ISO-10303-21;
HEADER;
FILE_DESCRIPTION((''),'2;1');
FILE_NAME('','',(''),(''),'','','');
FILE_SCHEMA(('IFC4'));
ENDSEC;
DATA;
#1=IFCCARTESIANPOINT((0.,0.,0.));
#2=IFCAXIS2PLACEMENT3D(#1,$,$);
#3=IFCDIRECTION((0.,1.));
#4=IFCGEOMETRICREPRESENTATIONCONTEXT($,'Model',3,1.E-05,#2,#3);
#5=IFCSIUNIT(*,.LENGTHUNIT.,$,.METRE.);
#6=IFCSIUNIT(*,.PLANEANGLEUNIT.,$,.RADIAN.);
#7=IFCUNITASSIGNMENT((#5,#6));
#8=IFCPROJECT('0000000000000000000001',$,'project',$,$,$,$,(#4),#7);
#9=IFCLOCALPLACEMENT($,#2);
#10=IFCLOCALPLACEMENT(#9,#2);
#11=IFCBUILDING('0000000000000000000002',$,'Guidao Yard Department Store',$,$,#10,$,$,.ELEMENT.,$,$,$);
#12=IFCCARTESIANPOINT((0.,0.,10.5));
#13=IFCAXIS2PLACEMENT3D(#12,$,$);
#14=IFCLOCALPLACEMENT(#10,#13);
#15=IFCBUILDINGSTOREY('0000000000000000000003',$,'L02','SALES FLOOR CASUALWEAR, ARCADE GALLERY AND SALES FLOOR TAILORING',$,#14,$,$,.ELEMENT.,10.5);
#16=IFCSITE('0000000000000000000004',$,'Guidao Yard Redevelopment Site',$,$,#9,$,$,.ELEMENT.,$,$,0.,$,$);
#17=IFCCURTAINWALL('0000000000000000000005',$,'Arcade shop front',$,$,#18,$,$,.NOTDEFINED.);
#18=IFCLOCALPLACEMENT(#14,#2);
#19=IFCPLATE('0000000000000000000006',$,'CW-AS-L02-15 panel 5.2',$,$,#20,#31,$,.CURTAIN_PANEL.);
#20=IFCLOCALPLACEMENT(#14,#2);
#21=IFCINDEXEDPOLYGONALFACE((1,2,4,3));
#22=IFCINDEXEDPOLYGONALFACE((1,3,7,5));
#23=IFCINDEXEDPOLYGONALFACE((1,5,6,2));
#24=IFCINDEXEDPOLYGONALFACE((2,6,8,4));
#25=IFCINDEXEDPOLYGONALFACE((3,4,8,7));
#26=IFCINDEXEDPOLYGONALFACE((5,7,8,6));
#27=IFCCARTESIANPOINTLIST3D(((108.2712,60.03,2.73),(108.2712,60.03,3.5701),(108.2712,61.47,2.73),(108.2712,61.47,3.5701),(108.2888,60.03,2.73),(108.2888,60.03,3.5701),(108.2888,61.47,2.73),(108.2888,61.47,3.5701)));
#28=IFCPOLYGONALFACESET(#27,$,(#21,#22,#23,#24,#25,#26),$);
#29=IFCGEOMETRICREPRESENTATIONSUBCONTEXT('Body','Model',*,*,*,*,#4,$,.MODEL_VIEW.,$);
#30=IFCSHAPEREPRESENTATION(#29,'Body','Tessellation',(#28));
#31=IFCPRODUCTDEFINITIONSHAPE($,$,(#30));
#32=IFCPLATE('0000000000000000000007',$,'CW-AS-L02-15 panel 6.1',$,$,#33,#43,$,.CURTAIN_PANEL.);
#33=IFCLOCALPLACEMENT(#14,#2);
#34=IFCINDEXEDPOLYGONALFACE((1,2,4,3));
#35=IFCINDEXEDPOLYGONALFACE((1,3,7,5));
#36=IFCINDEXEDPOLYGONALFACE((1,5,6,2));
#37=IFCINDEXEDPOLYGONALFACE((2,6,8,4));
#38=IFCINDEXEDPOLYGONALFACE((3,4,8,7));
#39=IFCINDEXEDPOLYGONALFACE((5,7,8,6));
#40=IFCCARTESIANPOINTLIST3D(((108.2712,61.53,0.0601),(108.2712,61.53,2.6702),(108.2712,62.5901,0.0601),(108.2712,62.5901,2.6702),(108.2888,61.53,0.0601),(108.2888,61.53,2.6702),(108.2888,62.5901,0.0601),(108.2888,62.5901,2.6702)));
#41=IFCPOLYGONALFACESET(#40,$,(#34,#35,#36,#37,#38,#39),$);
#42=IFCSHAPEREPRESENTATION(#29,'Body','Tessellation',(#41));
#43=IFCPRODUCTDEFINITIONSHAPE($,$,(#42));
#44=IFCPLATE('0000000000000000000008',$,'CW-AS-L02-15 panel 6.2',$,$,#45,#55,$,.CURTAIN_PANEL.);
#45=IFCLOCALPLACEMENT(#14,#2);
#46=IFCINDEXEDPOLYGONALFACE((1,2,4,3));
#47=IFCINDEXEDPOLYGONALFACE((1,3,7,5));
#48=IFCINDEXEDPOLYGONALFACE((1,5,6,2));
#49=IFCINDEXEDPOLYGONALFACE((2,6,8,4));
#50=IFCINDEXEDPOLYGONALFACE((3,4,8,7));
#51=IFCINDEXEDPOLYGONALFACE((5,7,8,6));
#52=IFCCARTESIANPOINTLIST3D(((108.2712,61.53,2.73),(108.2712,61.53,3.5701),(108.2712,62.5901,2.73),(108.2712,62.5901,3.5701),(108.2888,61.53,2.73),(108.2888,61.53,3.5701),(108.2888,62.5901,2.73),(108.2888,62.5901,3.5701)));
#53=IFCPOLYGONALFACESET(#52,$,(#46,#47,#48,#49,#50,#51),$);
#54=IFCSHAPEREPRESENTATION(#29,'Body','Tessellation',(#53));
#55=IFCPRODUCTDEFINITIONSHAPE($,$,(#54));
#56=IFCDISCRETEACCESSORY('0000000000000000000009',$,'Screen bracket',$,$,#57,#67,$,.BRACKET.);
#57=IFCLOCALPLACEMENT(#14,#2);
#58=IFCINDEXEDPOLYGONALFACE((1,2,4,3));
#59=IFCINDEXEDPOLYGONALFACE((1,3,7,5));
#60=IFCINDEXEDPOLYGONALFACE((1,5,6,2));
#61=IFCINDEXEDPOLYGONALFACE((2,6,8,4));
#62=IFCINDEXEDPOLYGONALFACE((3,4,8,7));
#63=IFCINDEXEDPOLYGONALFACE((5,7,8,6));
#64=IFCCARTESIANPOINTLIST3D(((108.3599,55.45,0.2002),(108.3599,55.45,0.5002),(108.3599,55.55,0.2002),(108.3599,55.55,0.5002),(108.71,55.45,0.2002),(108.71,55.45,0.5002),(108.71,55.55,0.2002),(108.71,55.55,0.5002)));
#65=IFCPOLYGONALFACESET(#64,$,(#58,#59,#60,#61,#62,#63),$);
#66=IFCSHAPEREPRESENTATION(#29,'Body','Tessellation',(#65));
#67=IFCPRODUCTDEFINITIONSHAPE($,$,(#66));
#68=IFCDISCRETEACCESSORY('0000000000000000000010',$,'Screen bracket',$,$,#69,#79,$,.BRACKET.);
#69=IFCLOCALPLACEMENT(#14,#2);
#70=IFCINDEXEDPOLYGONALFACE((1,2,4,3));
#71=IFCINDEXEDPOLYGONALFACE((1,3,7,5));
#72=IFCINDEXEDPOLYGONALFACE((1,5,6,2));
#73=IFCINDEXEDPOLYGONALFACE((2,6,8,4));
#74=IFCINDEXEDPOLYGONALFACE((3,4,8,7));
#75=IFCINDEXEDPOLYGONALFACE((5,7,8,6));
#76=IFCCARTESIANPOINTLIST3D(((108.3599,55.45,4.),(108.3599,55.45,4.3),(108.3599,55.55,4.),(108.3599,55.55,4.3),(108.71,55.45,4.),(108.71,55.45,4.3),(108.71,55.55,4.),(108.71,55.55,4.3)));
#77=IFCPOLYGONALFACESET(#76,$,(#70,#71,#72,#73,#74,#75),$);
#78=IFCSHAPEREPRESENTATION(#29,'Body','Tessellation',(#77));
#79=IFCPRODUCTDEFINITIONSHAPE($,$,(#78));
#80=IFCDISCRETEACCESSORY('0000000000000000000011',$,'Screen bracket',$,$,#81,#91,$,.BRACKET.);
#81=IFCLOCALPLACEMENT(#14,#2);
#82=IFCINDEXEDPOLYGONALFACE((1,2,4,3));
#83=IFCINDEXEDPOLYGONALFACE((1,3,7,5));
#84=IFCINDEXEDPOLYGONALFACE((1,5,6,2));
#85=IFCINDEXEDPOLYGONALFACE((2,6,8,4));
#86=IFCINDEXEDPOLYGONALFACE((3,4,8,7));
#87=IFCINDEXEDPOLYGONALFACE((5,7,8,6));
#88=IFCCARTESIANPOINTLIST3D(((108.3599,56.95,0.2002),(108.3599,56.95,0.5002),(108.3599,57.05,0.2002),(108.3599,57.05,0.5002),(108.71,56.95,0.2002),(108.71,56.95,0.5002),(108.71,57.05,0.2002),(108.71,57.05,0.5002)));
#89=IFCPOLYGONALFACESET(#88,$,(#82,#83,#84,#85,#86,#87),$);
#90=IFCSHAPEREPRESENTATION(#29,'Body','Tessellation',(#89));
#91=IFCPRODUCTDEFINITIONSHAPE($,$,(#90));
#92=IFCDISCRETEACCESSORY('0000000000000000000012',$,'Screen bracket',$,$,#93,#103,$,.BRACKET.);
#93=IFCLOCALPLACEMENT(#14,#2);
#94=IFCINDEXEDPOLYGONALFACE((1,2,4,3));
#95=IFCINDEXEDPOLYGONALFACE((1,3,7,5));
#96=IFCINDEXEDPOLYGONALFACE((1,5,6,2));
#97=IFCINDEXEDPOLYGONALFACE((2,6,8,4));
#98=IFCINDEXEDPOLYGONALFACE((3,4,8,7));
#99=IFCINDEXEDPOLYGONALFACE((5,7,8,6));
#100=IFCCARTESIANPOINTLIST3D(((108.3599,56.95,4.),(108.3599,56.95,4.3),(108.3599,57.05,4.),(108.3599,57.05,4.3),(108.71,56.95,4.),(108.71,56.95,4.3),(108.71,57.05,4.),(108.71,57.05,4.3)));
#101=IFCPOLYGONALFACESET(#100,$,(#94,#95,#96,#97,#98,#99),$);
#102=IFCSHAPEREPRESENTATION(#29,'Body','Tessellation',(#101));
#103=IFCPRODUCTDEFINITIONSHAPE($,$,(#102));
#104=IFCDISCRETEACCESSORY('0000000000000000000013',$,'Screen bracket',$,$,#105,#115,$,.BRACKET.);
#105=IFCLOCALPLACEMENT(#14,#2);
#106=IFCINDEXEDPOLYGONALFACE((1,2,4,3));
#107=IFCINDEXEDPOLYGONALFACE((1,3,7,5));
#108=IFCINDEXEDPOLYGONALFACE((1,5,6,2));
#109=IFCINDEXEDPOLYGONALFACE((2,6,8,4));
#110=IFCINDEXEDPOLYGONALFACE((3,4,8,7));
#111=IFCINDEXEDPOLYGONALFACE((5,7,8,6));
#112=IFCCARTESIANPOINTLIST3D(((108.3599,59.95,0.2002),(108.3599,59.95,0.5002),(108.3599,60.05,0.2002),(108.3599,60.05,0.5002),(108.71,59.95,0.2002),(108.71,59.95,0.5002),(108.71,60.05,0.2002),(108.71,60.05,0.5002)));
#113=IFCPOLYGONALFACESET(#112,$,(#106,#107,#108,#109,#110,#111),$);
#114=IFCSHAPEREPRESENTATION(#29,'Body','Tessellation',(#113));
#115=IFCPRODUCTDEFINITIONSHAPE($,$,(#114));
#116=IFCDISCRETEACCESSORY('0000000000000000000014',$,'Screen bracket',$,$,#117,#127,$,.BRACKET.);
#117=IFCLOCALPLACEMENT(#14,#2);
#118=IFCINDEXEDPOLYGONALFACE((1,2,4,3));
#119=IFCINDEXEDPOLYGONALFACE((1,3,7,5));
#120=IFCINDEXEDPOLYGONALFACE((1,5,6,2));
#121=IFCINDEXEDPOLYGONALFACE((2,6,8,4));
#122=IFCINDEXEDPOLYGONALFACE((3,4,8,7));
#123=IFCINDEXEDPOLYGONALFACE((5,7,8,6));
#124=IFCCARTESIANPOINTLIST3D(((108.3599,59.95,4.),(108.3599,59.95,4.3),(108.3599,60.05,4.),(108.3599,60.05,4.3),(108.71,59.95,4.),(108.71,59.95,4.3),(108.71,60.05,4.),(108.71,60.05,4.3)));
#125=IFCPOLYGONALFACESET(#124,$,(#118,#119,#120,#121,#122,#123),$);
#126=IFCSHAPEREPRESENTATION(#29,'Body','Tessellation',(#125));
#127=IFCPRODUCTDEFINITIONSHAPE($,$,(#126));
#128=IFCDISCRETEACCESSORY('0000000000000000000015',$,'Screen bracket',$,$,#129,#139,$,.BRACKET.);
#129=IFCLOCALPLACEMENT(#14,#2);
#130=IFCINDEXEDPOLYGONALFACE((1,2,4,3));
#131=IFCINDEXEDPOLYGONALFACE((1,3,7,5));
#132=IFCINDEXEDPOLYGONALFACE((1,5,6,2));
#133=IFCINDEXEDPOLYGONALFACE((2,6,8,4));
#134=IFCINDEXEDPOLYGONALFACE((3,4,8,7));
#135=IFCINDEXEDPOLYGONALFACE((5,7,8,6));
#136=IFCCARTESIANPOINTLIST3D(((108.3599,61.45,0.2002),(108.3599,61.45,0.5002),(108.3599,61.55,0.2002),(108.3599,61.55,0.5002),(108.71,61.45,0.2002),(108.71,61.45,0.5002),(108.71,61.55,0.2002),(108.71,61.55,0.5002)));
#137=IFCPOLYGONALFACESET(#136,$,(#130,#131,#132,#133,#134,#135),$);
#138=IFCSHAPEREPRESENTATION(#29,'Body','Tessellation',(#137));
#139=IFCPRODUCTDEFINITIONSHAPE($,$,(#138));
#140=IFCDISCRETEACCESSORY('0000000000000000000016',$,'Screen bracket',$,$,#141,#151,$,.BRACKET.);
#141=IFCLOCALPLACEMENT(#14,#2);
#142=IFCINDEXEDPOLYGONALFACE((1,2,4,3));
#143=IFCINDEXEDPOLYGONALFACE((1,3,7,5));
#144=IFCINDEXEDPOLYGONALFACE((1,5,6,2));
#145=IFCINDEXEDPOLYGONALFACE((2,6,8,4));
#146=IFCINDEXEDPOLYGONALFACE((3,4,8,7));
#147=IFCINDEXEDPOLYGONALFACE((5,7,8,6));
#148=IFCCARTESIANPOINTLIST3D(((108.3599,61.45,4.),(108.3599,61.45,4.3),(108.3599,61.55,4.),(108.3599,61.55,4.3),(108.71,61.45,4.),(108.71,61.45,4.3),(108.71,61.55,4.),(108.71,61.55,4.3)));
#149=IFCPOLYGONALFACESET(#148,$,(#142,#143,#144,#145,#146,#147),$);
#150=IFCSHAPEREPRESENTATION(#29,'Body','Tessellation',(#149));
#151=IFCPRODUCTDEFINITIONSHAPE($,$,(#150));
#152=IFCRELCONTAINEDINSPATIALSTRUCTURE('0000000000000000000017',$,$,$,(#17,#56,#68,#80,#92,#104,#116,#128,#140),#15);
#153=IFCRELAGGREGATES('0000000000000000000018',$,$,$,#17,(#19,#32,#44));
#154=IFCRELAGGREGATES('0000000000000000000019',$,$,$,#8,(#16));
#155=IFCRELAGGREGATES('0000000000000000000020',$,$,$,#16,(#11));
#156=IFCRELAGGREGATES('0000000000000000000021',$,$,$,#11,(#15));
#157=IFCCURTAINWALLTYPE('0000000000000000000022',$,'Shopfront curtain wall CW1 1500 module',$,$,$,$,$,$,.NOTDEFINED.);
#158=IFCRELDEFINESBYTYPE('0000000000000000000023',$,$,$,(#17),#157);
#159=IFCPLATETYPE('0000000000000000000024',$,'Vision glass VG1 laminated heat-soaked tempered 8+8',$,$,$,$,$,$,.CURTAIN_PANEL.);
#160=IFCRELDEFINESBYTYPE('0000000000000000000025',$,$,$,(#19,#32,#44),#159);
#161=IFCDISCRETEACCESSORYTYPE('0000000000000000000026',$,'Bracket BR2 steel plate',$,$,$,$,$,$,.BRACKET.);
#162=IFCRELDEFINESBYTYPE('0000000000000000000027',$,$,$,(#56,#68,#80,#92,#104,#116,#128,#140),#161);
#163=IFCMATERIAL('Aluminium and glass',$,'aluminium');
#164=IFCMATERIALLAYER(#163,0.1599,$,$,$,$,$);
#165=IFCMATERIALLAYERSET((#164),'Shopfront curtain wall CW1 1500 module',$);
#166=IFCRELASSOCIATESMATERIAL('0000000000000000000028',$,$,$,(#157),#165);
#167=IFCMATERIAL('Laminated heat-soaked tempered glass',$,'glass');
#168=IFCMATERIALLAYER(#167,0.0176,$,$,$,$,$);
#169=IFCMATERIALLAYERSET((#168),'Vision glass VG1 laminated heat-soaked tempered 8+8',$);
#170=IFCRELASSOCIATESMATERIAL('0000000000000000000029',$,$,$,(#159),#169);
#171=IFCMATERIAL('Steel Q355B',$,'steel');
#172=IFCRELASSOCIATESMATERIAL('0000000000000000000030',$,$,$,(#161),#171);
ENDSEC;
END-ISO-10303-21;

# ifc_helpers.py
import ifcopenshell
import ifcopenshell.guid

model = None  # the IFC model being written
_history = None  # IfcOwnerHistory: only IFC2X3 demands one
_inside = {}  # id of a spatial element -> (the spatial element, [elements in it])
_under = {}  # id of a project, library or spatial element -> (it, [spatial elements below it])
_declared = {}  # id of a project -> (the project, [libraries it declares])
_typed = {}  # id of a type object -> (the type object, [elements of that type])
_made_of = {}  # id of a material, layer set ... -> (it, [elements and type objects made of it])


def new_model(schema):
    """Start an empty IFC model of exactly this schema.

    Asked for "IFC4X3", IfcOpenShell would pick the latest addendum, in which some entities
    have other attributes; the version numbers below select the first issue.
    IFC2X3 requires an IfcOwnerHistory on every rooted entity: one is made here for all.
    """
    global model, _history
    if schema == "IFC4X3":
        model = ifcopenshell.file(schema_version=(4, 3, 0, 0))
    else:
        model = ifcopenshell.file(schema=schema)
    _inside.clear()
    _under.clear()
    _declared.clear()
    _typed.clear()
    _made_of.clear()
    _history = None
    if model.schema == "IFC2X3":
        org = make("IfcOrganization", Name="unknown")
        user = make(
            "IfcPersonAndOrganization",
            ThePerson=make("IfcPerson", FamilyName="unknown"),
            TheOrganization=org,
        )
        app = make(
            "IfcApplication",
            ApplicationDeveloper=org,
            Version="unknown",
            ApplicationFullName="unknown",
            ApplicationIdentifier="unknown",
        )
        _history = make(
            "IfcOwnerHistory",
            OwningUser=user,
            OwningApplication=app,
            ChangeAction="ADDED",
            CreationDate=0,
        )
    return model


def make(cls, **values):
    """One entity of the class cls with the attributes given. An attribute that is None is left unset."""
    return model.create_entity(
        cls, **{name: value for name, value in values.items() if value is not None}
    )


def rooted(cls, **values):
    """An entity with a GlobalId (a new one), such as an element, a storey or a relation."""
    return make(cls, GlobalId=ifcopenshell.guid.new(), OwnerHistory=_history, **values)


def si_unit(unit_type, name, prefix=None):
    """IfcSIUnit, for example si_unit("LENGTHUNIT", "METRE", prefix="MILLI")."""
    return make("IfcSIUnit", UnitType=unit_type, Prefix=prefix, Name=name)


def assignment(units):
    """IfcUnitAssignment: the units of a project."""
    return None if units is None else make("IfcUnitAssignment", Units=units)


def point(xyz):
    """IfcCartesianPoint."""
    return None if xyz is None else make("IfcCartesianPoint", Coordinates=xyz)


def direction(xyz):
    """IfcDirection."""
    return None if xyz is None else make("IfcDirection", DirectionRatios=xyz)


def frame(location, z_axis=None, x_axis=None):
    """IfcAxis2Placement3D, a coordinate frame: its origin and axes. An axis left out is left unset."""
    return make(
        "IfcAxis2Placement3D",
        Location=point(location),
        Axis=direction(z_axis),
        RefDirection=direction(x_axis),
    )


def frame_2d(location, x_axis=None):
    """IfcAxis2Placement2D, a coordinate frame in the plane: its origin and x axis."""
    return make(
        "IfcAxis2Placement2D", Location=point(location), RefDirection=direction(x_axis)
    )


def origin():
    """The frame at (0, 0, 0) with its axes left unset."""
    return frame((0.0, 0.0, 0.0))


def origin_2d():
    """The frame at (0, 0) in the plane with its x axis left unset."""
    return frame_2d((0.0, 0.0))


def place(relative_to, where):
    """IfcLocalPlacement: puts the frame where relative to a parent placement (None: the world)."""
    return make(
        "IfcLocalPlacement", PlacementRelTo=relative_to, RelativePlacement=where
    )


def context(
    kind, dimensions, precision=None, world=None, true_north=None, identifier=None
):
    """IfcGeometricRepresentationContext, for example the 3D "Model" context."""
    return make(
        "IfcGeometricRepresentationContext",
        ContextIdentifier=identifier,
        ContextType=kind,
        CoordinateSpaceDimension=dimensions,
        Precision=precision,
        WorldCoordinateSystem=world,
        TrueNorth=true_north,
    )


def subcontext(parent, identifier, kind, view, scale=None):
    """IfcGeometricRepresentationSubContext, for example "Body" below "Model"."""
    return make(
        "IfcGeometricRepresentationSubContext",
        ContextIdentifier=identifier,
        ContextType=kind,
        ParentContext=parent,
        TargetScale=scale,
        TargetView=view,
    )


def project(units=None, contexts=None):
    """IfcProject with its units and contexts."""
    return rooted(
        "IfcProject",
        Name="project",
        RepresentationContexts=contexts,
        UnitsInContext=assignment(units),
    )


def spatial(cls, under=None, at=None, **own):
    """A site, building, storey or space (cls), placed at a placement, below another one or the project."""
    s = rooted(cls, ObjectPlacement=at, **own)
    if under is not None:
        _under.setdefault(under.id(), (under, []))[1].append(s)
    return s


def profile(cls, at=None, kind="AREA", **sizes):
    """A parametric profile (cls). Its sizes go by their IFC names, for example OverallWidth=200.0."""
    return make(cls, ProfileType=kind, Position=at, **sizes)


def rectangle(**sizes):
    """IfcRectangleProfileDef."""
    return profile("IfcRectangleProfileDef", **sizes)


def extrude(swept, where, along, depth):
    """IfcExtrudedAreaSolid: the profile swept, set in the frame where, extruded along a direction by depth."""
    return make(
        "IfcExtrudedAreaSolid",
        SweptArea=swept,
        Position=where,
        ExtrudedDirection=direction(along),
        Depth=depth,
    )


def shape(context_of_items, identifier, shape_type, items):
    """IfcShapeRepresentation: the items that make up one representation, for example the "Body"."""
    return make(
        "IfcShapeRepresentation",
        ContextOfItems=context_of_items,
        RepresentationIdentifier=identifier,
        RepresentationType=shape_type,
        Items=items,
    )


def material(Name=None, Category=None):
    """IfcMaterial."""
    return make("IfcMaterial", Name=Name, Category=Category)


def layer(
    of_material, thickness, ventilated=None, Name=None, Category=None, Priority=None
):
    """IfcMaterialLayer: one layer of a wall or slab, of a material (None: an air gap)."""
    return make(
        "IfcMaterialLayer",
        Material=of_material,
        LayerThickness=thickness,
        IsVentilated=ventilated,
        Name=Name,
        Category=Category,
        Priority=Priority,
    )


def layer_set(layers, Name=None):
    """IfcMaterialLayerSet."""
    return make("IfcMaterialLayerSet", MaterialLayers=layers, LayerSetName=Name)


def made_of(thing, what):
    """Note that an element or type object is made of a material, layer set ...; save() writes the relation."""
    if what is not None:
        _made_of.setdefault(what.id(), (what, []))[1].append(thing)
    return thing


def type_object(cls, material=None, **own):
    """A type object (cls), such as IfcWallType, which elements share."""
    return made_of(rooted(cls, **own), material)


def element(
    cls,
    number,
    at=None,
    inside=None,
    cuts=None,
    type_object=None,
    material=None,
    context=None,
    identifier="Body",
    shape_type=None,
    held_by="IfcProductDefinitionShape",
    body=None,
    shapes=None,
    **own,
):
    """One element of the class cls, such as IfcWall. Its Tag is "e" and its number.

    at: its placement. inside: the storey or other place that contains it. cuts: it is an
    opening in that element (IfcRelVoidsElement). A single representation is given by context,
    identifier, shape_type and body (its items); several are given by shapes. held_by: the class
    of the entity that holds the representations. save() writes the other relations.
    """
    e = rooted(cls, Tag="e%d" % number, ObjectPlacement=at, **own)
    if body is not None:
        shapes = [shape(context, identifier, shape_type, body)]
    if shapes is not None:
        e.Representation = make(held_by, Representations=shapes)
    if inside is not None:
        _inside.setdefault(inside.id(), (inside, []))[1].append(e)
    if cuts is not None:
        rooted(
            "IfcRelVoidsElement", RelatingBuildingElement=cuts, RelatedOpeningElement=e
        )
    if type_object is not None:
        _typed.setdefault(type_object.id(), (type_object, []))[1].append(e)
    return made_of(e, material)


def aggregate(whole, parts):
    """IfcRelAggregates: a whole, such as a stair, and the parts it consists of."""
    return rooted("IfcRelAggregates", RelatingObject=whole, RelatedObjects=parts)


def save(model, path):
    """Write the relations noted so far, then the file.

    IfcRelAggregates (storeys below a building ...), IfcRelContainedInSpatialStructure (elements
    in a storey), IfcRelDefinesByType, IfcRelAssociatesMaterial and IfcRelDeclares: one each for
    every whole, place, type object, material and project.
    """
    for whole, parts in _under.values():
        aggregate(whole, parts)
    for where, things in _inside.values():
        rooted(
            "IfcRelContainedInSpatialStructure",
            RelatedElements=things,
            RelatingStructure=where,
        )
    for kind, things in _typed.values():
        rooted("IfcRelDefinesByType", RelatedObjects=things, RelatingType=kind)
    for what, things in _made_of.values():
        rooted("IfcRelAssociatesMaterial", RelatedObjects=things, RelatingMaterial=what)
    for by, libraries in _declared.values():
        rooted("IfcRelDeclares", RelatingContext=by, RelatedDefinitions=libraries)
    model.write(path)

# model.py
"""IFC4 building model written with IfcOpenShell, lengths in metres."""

from ifc_helpers import new_model, si_unit, direction, frame, origin, origin_2d, place, context, subcontext, project, spatial, rectangle, extrude, material, layer, layer_set, type_object, element, aggregate, save


model = new_model("IFC4")

# Units and contexts
model_context = context("Model", 3, precision=1e-05, world=origin(), true_north=direction((0.0, 1.0)))
body_context = subcontext(model_context, "Body", "Model", "MODEL_VIEW")
ifc_project = project(units=[si_unit("LENGTHUNIT", "METRE"), si_unit("PLANEANGLEUNIT", "RADIAN")], contexts=[model_context])

# Site, building, storey
site_placement = place(None, origin())
site = spatial("IfcSite", under=ifc_project, at=site_placement, Name="Guidao Yard Redevelopment Site", CompositionType="ELEMENT", RefElevation=0.0)
building_placement = place(site_placement, origin())
building = spatial("IfcBuilding", under=site, at=building_placement, Name="Guidao Yard Department Store", CompositionType="ELEMENT")
storey_placement = place(building_placement, frame((0.0, 0.0, 10.5)))
storey = spatial("IfcBuildingStorey", under=building, at=storey_placement, Name="L02", Description="SALES FLOOR CASUALWEAR, ARCADE GALLERY AND SALES FLOOR TAILORING", CompositionType="ELEMENT", Elevation=10.5)

# Curtain wall, plates
ifc_material_1 = material(Name="Aluminium and glass", Category="aluminium")
ifc_layer_1 = layer(ifc_material_1, 0.1599)
ifc_layer_set_1 = layer_set([ifc_layer_1], Name="Shopfront curtain wall CW1 1500 module")
curtain_wall_type = type_object("IfcCurtainWallType", Name="Shopfront curtain wall CW1 1500 module", PredefinedType="NOTDEFINED", material=ifc_layer_set_1)
curtain_wall_placement = place(storey_placement, origin())
curtain_wall = element("IfcCurtainWall", 1, at=curtain_wall_placement, inside=storey, type_object=curtain_wall_type, Name="Arcade shop front", PredefinedType="NOTDEFINED")
ifc_material_2 = material(Name="Laminated heat-soaked tempered glass", Category="glass")
ifc_layer_2 = layer(ifc_material_2, 0.0176)
ifc_layer_set_2 = layer_set([ifc_layer_2], Name="Vision glass VG1 laminated heat-soaked tempered 8+8")
plate_type_1 = type_object("IfcPlateType", Name="Vision glass VG1 laminated heat-soaked tempered 8+8", PredefinedType="CURTAIN_PANEL", material=ifc_layer_set_2)
plate_1_placement = place(storey_placement, frame((108.28, 60.75, 2.73), z_axis=(0.0, 0.0, 1.0), x_axis=(0.0, -1.0, 0.0)))
plate_1 = element("IfcPlate", 2, at=plate_1_placement, type_object=plate_type_1, Name="CW-AS-L02-15 panel 5.2", PredefinedType="CURTAIN_PANEL", context=body_context, shape_type="SweptSolid", body=[
    extrude(rectangle(XDim=1.4399, YDim=0.0176, at=origin_2d()), origin(), (0.0, 0.0, 1.0), 0.8401),
])
plate_2_placement = place(storey_placement, frame((108.28, 62.0601, 0.0601), z_axis=(0.0, 0.0, 1.0), x_axis=(0.0, -1.0, 0.0)))
plate_2 = element("IfcPlate", 3, at=plate_2_placement, type_object=plate_type_1, Name="CW-AS-L02-15 panel 6.1", PredefinedType="CURTAIN_PANEL", context=body_context, shape_type="SweptSolid", body=[
    extrude(rectangle(XDim=1.0601, YDim=0.0176, at=origin_2d()), origin(), (0.0, 0.0, 1.0), 2.6101),
])
plate_3_placement = place(storey_placement, frame((108.28, 62.0601, 2.73), z_axis=(0.0, 0.0, 1.0), x_axis=(0.0, -1.0, 0.0)))
plate_3 = element("IfcPlate", 4, at=plate_3_placement, type_object=plate_type_1, Name="CW-AS-L02-15 panel 6.2", PredefinedType="CURTAIN_PANEL", context=body_context, shape_type="SweptSolid", body=[
    extrude(rectangle(XDim=1.0601, YDim=0.0176, at=origin_2d()), origin(), (0.0, 0.0, 1.0), 0.8401),
])
aggregate(curtain_wall, [plate_1, plate_2, plate_3])

# Discrete accessories
ifc_material_3 = material(Name="Steel Q355B", Category="steel")
discrete_accessory_type = type_object("IfcDiscreteAccessoryType", Name="Bracket BR2 steel plate", PredefinedType="BRACKET", material=ifc_material_3)
for number, where, z_axis, x_axis, name in (
    (5, (108.5349, 55.5, 0.2002), (0.0, 0.0, 1.0), (0.0, -1.0, 0.0), "Screen bracket"),
    (6, (108.5349, 55.5, 4.0), (0.0, 0.0, 1.0), (0.0, -1.0, 0.0), "Screen bracket"),
    (7, (108.5349, 57.0, 0.2002), (0.0, 0.0, 1.0), (0.0, -1.0, 0.0), "Screen bracket"),
    (8, (108.5349, 57.0, 4.0), (0.0, 0.0, 1.0), (0.0, -1.0, 0.0), "Screen bracket"),
    (9, (108.5349, 60.0, 0.2002), (0.0, 0.0, 1.0), (0.0, -1.0, 0.0), "Screen bracket"),
    (10, (108.5349, 60.0, 4.0), (0.0, 0.0, 1.0), (0.0, -1.0, 0.0), "Screen bracket"),
    (11, (108.5349, 61.5, 0.2002), (0.0, 0.0, 1.0), (0.0, -1.0, 0.0), "Screen bracket"),
    (12, (108.5349, 61.5, 4.0), (0.0, 0.0, 1.0), (0.0, -1.0, 0.0), "Screen bracket"),
):
    element("IfcDiscreteAccessory", number, at=place(storey_placement, frame(where, z_axis=z_axis, x_axis=x_axis)), inside=storey, type_object=discrete_accessory_type, Name=name, PredefinedType="BRACKET", context=body_context, shape_type="SweptSolid", body=[
        extrude(rectangle(XDim=0.1001, YDim=0.3501, at=origin_2d()), origin(), (0.0, 0.0, 1.0), 0.3),
    ])

save(model, "model.ifc")
